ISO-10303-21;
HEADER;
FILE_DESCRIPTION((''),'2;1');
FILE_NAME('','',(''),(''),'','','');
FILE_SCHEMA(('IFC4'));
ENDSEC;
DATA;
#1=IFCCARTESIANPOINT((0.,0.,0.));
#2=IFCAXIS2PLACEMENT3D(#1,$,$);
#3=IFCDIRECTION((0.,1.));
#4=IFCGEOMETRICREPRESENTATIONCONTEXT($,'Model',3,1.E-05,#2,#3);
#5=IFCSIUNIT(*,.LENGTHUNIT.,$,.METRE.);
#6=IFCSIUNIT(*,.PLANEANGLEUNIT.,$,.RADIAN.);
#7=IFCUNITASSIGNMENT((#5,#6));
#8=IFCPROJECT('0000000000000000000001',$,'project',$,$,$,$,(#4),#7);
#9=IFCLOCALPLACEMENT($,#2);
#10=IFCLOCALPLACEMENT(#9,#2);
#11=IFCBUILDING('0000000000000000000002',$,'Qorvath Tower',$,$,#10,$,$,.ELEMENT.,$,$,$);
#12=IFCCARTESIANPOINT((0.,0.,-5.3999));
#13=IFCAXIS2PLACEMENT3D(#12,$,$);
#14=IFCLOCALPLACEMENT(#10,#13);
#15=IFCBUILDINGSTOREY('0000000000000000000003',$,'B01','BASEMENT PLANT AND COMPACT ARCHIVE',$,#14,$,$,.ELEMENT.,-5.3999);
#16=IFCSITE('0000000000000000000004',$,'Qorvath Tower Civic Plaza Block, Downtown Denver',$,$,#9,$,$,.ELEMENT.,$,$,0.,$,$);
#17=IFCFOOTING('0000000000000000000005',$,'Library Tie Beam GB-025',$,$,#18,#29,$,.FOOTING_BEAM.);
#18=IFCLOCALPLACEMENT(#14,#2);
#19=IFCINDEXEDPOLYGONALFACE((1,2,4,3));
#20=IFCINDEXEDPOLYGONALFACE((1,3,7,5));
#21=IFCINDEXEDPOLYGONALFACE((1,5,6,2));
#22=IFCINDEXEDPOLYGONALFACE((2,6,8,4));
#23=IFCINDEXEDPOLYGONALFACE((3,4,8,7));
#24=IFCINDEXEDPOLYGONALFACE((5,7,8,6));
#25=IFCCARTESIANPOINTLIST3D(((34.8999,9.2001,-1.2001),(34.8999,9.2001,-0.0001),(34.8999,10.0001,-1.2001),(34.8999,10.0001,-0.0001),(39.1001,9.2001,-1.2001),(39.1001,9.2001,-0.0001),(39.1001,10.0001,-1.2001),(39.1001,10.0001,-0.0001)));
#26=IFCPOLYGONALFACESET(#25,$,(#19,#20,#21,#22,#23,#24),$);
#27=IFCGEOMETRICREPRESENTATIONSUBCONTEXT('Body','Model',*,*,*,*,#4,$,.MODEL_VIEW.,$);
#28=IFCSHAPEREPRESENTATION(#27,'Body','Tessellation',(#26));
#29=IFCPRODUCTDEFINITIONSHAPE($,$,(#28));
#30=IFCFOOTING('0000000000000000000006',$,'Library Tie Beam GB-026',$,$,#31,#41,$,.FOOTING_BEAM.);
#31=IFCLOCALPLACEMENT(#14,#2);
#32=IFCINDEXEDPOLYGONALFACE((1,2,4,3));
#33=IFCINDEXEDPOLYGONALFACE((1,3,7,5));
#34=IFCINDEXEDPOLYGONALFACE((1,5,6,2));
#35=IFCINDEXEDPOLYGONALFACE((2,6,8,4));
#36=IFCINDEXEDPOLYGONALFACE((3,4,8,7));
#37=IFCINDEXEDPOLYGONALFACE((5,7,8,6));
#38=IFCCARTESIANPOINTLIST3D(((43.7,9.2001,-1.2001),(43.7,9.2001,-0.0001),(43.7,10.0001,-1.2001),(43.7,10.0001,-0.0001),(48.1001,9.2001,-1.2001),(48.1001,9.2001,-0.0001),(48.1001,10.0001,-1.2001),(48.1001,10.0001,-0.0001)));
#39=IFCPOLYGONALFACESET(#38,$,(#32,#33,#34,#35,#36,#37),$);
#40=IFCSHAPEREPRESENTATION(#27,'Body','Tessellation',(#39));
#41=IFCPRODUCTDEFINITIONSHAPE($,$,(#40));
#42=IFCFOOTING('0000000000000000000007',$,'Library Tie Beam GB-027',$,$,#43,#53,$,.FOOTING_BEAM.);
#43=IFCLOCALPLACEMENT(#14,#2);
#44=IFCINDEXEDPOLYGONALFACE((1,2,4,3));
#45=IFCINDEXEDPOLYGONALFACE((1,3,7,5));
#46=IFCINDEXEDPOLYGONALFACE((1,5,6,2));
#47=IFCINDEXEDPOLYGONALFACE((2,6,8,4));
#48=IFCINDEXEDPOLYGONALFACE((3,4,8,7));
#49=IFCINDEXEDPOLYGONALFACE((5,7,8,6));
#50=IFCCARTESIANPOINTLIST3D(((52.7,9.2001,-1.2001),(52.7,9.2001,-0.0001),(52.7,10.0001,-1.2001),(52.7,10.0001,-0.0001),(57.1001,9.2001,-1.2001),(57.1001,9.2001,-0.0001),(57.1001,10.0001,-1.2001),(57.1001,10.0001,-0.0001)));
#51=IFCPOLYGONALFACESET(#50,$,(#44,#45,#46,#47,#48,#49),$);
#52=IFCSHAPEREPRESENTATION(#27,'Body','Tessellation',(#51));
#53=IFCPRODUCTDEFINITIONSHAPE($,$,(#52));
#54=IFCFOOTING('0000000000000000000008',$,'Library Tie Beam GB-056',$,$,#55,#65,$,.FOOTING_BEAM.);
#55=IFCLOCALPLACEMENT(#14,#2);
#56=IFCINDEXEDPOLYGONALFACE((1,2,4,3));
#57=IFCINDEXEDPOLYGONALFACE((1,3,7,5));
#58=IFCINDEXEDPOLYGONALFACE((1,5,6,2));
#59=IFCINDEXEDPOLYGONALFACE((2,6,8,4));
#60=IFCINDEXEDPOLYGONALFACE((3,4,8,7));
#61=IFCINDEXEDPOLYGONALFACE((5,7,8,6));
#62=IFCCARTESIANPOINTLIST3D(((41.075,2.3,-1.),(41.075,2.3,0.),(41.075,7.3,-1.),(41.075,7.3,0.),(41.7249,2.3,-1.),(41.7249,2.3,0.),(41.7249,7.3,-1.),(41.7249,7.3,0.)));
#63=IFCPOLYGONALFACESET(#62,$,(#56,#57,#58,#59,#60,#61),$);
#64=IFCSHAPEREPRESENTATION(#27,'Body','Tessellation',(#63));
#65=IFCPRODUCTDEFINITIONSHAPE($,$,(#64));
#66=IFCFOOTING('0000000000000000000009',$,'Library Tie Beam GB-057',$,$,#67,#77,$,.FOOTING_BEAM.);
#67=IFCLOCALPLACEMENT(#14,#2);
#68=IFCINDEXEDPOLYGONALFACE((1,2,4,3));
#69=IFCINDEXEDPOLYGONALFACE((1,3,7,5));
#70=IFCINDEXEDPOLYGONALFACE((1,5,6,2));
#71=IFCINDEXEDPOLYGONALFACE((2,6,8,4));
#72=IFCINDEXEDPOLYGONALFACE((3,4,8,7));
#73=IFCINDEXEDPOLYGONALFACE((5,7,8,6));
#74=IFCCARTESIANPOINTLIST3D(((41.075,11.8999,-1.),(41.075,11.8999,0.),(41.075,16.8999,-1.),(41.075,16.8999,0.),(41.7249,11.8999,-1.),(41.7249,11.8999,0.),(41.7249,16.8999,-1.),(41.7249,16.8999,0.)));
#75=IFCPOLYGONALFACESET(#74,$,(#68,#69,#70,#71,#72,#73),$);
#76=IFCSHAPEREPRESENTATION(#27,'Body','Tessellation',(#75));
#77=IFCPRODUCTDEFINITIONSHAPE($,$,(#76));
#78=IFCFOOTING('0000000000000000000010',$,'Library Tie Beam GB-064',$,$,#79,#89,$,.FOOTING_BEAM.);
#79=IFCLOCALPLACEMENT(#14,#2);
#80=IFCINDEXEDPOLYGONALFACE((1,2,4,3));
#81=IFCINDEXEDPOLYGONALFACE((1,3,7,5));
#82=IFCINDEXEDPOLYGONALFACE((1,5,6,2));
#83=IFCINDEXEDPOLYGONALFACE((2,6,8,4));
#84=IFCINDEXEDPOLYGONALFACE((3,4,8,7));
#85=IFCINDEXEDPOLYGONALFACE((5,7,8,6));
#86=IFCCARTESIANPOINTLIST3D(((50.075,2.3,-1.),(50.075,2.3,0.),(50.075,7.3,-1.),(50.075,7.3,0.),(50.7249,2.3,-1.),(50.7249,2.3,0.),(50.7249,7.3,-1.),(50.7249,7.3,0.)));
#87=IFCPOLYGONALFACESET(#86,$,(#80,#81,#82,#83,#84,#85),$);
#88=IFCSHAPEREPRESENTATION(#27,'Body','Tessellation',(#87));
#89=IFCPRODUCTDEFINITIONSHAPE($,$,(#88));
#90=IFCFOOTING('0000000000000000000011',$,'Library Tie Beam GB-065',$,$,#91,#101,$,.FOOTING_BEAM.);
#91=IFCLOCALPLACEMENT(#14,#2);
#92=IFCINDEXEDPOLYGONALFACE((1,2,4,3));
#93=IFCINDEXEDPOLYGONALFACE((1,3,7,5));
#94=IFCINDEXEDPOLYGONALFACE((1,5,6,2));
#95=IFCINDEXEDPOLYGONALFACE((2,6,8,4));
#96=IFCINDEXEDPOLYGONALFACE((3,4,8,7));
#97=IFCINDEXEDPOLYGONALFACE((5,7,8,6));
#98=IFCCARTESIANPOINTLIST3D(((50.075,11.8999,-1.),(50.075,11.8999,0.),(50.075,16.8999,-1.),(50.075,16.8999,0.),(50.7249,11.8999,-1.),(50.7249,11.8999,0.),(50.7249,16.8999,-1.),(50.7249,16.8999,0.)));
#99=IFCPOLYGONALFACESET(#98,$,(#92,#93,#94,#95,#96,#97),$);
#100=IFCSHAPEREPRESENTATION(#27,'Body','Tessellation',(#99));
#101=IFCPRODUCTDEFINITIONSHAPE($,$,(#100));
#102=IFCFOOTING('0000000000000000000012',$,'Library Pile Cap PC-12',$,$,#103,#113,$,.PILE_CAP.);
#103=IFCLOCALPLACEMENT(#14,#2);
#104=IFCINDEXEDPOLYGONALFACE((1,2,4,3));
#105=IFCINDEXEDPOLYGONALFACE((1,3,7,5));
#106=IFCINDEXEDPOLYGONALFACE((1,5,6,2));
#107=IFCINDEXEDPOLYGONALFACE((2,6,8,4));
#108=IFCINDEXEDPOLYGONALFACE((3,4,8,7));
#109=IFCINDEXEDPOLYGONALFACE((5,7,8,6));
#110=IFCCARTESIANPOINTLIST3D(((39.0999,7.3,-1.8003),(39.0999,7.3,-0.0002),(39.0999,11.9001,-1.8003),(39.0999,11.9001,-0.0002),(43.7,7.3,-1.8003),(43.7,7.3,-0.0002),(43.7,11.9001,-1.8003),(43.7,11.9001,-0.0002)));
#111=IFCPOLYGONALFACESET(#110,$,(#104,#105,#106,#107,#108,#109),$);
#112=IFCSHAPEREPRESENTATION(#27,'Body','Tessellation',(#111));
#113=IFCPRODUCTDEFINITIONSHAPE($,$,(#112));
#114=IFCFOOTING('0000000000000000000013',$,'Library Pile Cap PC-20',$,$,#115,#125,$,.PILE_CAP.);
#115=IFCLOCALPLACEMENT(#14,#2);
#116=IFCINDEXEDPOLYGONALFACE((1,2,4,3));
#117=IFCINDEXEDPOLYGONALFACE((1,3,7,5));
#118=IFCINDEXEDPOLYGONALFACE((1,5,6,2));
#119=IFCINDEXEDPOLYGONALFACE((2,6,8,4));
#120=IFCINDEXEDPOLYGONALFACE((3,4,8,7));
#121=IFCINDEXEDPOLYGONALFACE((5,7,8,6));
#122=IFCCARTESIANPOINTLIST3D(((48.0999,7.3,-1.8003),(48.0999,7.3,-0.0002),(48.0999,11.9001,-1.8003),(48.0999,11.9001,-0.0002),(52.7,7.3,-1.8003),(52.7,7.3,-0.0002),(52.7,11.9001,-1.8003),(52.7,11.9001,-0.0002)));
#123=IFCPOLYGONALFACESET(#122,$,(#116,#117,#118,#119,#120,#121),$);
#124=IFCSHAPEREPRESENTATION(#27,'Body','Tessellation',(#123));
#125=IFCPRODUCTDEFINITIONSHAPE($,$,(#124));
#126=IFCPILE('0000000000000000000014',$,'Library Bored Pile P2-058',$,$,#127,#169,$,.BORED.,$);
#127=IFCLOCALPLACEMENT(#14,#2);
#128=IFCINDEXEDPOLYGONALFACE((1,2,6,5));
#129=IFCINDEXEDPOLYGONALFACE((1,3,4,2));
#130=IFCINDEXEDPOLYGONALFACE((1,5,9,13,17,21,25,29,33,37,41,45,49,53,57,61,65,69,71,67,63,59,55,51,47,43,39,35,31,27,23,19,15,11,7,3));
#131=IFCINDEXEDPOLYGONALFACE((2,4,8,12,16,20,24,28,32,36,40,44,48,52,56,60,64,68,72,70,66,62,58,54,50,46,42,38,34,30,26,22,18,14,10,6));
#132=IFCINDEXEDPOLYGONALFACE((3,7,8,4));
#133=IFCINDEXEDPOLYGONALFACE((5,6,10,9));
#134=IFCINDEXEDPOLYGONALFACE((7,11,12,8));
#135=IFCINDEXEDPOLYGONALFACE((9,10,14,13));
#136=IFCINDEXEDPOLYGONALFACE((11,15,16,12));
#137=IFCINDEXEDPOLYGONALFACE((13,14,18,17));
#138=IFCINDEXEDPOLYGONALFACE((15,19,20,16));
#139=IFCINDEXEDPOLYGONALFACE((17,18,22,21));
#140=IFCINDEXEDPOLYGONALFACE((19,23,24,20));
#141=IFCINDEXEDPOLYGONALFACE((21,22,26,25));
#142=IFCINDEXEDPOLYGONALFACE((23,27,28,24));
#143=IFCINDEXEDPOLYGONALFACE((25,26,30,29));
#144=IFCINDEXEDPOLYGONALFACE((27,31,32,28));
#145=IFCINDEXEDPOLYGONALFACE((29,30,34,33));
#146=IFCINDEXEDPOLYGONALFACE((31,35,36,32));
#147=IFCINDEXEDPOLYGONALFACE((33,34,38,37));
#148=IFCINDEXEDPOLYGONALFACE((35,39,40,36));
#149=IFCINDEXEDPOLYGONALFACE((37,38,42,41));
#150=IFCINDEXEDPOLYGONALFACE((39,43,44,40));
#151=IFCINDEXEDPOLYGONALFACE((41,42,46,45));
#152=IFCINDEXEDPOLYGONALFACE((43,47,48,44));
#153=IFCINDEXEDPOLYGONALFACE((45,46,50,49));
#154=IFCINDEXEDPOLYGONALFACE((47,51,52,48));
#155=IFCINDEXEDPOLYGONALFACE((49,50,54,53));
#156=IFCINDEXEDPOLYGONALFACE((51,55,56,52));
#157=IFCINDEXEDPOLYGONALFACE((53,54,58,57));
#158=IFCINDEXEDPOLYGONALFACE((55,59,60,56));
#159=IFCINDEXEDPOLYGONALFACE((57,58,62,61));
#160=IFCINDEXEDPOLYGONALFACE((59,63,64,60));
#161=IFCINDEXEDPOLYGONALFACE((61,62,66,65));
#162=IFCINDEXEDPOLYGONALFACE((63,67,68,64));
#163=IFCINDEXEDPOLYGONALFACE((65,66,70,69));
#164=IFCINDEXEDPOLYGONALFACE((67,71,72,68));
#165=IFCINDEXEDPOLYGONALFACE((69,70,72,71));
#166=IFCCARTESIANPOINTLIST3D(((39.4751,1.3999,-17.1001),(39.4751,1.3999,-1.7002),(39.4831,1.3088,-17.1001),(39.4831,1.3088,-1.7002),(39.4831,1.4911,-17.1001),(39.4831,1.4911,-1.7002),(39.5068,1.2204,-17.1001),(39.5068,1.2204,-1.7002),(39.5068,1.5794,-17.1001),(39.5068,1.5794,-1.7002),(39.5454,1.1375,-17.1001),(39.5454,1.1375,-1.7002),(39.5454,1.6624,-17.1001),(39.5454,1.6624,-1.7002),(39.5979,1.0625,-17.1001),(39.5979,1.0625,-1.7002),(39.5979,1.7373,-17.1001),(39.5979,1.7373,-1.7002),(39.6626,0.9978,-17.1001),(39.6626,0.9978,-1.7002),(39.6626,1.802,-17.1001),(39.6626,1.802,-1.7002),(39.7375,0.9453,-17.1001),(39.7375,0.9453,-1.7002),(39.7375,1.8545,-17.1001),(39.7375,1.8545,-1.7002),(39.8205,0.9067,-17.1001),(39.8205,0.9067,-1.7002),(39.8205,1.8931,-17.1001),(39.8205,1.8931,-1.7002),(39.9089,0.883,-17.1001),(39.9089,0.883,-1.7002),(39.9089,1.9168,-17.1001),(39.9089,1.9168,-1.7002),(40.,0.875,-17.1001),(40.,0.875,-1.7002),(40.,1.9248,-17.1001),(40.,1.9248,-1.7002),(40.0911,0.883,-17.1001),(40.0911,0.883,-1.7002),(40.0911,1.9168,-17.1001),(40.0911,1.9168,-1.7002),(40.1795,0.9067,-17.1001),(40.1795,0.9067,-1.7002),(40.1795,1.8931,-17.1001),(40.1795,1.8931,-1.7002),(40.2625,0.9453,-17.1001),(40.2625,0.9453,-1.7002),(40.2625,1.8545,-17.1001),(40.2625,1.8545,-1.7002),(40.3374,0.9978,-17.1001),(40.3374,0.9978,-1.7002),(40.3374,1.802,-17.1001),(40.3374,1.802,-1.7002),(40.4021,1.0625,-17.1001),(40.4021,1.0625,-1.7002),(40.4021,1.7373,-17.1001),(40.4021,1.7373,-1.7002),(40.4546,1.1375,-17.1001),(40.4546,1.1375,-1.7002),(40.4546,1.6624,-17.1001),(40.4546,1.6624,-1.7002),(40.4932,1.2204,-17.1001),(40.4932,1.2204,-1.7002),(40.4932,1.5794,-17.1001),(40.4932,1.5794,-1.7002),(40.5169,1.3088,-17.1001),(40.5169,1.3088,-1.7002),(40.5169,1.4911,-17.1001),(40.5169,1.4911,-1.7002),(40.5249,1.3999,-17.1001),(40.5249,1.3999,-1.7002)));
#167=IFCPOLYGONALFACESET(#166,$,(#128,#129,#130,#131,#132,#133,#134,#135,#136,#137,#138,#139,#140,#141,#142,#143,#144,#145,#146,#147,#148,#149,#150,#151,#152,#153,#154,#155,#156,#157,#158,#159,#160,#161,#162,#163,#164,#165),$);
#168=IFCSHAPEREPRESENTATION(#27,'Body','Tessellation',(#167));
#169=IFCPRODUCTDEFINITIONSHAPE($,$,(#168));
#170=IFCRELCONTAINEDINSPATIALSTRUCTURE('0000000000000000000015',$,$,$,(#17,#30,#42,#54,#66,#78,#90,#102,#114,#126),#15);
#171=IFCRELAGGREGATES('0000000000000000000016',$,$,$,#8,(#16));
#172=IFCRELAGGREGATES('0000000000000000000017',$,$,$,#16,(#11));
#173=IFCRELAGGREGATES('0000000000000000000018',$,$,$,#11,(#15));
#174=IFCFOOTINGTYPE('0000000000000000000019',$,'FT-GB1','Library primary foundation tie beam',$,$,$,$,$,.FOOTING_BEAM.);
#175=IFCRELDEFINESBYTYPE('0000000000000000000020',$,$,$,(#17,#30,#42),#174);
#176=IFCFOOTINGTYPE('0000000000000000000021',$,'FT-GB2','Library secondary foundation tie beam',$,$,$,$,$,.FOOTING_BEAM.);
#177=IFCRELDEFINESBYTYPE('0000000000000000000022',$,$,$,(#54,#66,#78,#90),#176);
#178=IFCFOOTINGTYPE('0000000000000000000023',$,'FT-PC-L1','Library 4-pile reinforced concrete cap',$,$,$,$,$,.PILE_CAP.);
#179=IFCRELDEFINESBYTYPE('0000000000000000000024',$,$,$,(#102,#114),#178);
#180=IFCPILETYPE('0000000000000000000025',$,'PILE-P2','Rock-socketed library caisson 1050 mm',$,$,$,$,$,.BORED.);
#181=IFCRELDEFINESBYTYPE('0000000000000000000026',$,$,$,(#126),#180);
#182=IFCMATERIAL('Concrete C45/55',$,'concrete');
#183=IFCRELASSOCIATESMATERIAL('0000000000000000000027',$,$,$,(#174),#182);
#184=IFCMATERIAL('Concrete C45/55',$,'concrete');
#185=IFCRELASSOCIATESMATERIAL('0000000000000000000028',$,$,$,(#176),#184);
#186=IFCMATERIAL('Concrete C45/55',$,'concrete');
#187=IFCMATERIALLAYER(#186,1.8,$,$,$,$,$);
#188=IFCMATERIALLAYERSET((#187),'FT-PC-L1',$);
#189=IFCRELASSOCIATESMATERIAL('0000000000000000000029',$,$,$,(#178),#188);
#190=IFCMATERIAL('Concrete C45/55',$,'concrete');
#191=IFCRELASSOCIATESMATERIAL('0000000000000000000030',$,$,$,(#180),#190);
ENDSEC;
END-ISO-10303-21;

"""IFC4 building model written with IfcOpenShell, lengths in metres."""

from ifc_helpers import new_model, si_unit, direction, frame, origin, origin_2d, place, context, subcontext, project, spatial, rectangle, circle, extrude, material, layer, layer_set, material_profile, profile_set, type_object, element, save


model = new_model("IFC4")

# Units and contexts
model_context = context("Model", 3, precision=1e-05, world=origin(), true_north=direction((0.0, 1.0)))
body_context = subcontext(model_context, "Body", "Model", "MODEL_VIEW")
ifc_project = project(units=[si_unit("LENGTHUNIT", "METRE"), si_unit("PLANEANGLEUNIT", "RADIAN")], contexts=[model_context])

# Site, building, storey
site_placement = place(None, origin())
site = spatial("IfcSite", under=ifc_project, at=site_placement, Name="Qorvath Tower Civic Plaza Block, Downtown Denver", CompositionType="ELEMENT", RefElevation=0.0)
building_placement = place(site_placement, origin())
building = spatial("IfcBuilding", under=site, at=building_placement, Name="Qorvath Tower", CompositionType="ELEMENT")
storey_placement = place(building_placement, frame((0.0, 0.0, -5.3999)))
storey = spatial("IfcBuildingStorey", under=building, at=storey_placement, Name="B01", Description="BASEMENT PLANT AND COMPACT ARCHIVE", CompositionType="ELEMENT", Elevation=-5.3999)

# Footings
ifc_material_1 = material(Name="Concrete C45/55", Category="concrete")
ifc_material_profile_1 = material_profile(ifc_material_1, rectangle(XDim=0.8, YDim=1.2, at=origin_2d()), Name="GB 800x1200")
ifc_profile_set_1 = profile_set([ifc_material_profile_1], Name="Concrete C45/55")
footing_type_1 = type_object("IfcFootingType", Name="FT-GB1", Description="Library primary foundation tie beam", PredefinedType="FOOTING_BEAM", material=ifc_profile_set_1)
footing_placement = place(storey_placement, frame((34.8999, 9.6001, -0.6001), z_axis=(1.0, 0.0, 0.0), x_axis=(0.0, 1.0, 0.0)))
element("IfcFooting", 1, at=footing_placement, inside=storey, type_object=footing_type_1, Name="Library Tie Beam GB-025", PredefinedType="FOOTING_BEAM", context=body_context, shape_type="SweptSolid", body=[
    extrude(rectangle(XDim=0.8, YDim=1.2, at=origin_2d()), origin(), (0.0, 0.0, 1.0), 4.2002),
])
for number, where, z_axis, x_axis, name in (
    (2, (43.7, 9.6001, -0.6001), (1.0, 0.0, 0.0), (0.0, 1.0, 0.0), "Library Tie Beam GB-026"),
    (3, (52.7, 9.6001, -0.6001), (1.0, 0.0, 0.0), (0.0, 1.0, 0.0), "Library Tie Beam GB-027"),
):
    element("IfcFooting", number, at=place(storey_placement, frame(where, z_axis=z_axis, x_axis=x_axis)), inside=storey, type_object=footing_type_1, Name=name, PredefinedType="FOOTING_BEAM", context=body_context, shape_type="SweptSolid", body=[
        extrude(rectangle(XDim=0.8, YDim=1.2, at=origin_2d()), origin(), (0.0, 0.0, 1.0), 4.4001),
    ])
ifc_material_2 = material(Name="Concrete C45/55", Category="concrete")
ifc_material_profile_2 = material_profile(ifc_material_2, rectangle(XDim=0.6499, YDim=1.0, at=origin_2d()), Name="GB 650x1000")
ifc_profile_set_2 = profile_set([ifc_material_profile_2], Name="Concrete C45/55")
footing_type_2 = type_object("IfcFootingType", Name="FT-GB2", Description="Library secondary foundation tie beam", PredefinedType="FOOTING_BEAM", material=ifc_profile_set_2)
for number, where, z_axis, x_axis, name in (
    (4, (41.3999, 2.3, -0.5), (0.0, 1.0, 0.0), (-1.0, 0.0, 0.0), "Library Tie Beam GB-056"),
    (5, (41.3999, 11.8999, -0.5), (0.0, 1.0, 0.0), (-1.0, 0.0, 0.0), "Library Tie Beam GB-057"),
    (6, (50.3999, 2.3, -0.5), (0.0, 1.0, 0.0), (-1.0, 0.0, 0.0), "Library Tie Beam GB-064"),
    (7, (50.3999, 11.8999, -0.5), (0.0, 1.0, 0.0), (-1.0, 0.0, 0.0), "Library Tie Beam GB-065"),
):
    element("IfcFooting", number, at=place(storey_placement, frame(where, z_axis=z_axis, x_axis=x_axis)), inside=storey, type_object=footing_type_2, Name=name, PredefinedType="FOOTING_BEAM", context=body_context, shape_type="SweptSolid", body=[
        extrude(rectangle(XDim=0.6499, YDim=1.0, at=origin_2d()), origin(), (0.0, 0.0, 1.0), 5.0),
    ])
ifc_material_3 = material(Name="Concrete C45/55", Category="concrete")
ifc_layer_1 = layer(ifc_material_3, 1.8)
ifc_layer_set_1 = layer_set([ifc_layer_1], Name="FT-PC-L1")
footing_type_3 = type_object("IfcFootingType", Name="FT-PC-L1", Description="Library 4-pile reinforced concrete cap", PredefinedType="PILE_CAP", material=ifc_layer_set_1)
for number, where, z_axis, x_axis, name in (
    (8, (41.3999, 9.6001, -1.8003), (0.0, 0.0, 1.0), (1.0, 0.0, 0.0), "Library Pile Cap PC-12"),
    (9, (50.3999, 9.6001, -1.8003), (0.0, 0.0, 1.0), (1.0, 0.0, 0.0), "Library Pile Cap PC-20"),
):
    element("IfcFooting", number, at=place(storey_placement, frame(where, z_axis=z_axis, x_axis=x_axis)), inside=storey, type_object=footing_type_3, Name=name, PredefinedType="PILE_CAP", context=body_context, shape_type="SweptSolid", body=[
        extrude(rectangle(XDim=4.6001, YDim=4.6001, at=origin_2d()), origin(), (0.0, 0.0, 1.0), 1.8),
    ])

# Pile
ifc_material_4 = material(Name="Concrete C45/55", Category="concrete")
ifc_material_profile_3 = material_profile(ifc_material_4, circle(Radius=0.5249, at=origin_2d()), Name="BORED PILE 1050")
ifc_profile_set_3 = profile_set([ifc_material_profile_3], Name="Concrete C45/55")
pile_type = type_object("IfcPileType", Name="PILE-P2", Description="Rock-socketed library caisson 1050 mm", PredefinedType="BORED", material=ifc_profile_set_3)
for number, where, z_axis, x_axis, name in (
    (10, (40.0, 1.3999, -1.7002), (0.0, 0.0, -1.0), (1.0, 0.0, 0.0), "Library Bored Pile P2-058"),
):
    element("IfcPile", number, at=place(storey_placement, frame(where, z_axis=z_axis, x_axis=x_axis)), inside=storey, type_object=pile_type, Name=name, PredefinedType="BORED", context=body_context, shape_type="SweptSolid", body=[
        extrude(circle(Radius=0.5249, at=origin_2d()), origin(), (0.0, 0.0, 1.0), 15.3999),
    ])

save(model, "model.ifc")
